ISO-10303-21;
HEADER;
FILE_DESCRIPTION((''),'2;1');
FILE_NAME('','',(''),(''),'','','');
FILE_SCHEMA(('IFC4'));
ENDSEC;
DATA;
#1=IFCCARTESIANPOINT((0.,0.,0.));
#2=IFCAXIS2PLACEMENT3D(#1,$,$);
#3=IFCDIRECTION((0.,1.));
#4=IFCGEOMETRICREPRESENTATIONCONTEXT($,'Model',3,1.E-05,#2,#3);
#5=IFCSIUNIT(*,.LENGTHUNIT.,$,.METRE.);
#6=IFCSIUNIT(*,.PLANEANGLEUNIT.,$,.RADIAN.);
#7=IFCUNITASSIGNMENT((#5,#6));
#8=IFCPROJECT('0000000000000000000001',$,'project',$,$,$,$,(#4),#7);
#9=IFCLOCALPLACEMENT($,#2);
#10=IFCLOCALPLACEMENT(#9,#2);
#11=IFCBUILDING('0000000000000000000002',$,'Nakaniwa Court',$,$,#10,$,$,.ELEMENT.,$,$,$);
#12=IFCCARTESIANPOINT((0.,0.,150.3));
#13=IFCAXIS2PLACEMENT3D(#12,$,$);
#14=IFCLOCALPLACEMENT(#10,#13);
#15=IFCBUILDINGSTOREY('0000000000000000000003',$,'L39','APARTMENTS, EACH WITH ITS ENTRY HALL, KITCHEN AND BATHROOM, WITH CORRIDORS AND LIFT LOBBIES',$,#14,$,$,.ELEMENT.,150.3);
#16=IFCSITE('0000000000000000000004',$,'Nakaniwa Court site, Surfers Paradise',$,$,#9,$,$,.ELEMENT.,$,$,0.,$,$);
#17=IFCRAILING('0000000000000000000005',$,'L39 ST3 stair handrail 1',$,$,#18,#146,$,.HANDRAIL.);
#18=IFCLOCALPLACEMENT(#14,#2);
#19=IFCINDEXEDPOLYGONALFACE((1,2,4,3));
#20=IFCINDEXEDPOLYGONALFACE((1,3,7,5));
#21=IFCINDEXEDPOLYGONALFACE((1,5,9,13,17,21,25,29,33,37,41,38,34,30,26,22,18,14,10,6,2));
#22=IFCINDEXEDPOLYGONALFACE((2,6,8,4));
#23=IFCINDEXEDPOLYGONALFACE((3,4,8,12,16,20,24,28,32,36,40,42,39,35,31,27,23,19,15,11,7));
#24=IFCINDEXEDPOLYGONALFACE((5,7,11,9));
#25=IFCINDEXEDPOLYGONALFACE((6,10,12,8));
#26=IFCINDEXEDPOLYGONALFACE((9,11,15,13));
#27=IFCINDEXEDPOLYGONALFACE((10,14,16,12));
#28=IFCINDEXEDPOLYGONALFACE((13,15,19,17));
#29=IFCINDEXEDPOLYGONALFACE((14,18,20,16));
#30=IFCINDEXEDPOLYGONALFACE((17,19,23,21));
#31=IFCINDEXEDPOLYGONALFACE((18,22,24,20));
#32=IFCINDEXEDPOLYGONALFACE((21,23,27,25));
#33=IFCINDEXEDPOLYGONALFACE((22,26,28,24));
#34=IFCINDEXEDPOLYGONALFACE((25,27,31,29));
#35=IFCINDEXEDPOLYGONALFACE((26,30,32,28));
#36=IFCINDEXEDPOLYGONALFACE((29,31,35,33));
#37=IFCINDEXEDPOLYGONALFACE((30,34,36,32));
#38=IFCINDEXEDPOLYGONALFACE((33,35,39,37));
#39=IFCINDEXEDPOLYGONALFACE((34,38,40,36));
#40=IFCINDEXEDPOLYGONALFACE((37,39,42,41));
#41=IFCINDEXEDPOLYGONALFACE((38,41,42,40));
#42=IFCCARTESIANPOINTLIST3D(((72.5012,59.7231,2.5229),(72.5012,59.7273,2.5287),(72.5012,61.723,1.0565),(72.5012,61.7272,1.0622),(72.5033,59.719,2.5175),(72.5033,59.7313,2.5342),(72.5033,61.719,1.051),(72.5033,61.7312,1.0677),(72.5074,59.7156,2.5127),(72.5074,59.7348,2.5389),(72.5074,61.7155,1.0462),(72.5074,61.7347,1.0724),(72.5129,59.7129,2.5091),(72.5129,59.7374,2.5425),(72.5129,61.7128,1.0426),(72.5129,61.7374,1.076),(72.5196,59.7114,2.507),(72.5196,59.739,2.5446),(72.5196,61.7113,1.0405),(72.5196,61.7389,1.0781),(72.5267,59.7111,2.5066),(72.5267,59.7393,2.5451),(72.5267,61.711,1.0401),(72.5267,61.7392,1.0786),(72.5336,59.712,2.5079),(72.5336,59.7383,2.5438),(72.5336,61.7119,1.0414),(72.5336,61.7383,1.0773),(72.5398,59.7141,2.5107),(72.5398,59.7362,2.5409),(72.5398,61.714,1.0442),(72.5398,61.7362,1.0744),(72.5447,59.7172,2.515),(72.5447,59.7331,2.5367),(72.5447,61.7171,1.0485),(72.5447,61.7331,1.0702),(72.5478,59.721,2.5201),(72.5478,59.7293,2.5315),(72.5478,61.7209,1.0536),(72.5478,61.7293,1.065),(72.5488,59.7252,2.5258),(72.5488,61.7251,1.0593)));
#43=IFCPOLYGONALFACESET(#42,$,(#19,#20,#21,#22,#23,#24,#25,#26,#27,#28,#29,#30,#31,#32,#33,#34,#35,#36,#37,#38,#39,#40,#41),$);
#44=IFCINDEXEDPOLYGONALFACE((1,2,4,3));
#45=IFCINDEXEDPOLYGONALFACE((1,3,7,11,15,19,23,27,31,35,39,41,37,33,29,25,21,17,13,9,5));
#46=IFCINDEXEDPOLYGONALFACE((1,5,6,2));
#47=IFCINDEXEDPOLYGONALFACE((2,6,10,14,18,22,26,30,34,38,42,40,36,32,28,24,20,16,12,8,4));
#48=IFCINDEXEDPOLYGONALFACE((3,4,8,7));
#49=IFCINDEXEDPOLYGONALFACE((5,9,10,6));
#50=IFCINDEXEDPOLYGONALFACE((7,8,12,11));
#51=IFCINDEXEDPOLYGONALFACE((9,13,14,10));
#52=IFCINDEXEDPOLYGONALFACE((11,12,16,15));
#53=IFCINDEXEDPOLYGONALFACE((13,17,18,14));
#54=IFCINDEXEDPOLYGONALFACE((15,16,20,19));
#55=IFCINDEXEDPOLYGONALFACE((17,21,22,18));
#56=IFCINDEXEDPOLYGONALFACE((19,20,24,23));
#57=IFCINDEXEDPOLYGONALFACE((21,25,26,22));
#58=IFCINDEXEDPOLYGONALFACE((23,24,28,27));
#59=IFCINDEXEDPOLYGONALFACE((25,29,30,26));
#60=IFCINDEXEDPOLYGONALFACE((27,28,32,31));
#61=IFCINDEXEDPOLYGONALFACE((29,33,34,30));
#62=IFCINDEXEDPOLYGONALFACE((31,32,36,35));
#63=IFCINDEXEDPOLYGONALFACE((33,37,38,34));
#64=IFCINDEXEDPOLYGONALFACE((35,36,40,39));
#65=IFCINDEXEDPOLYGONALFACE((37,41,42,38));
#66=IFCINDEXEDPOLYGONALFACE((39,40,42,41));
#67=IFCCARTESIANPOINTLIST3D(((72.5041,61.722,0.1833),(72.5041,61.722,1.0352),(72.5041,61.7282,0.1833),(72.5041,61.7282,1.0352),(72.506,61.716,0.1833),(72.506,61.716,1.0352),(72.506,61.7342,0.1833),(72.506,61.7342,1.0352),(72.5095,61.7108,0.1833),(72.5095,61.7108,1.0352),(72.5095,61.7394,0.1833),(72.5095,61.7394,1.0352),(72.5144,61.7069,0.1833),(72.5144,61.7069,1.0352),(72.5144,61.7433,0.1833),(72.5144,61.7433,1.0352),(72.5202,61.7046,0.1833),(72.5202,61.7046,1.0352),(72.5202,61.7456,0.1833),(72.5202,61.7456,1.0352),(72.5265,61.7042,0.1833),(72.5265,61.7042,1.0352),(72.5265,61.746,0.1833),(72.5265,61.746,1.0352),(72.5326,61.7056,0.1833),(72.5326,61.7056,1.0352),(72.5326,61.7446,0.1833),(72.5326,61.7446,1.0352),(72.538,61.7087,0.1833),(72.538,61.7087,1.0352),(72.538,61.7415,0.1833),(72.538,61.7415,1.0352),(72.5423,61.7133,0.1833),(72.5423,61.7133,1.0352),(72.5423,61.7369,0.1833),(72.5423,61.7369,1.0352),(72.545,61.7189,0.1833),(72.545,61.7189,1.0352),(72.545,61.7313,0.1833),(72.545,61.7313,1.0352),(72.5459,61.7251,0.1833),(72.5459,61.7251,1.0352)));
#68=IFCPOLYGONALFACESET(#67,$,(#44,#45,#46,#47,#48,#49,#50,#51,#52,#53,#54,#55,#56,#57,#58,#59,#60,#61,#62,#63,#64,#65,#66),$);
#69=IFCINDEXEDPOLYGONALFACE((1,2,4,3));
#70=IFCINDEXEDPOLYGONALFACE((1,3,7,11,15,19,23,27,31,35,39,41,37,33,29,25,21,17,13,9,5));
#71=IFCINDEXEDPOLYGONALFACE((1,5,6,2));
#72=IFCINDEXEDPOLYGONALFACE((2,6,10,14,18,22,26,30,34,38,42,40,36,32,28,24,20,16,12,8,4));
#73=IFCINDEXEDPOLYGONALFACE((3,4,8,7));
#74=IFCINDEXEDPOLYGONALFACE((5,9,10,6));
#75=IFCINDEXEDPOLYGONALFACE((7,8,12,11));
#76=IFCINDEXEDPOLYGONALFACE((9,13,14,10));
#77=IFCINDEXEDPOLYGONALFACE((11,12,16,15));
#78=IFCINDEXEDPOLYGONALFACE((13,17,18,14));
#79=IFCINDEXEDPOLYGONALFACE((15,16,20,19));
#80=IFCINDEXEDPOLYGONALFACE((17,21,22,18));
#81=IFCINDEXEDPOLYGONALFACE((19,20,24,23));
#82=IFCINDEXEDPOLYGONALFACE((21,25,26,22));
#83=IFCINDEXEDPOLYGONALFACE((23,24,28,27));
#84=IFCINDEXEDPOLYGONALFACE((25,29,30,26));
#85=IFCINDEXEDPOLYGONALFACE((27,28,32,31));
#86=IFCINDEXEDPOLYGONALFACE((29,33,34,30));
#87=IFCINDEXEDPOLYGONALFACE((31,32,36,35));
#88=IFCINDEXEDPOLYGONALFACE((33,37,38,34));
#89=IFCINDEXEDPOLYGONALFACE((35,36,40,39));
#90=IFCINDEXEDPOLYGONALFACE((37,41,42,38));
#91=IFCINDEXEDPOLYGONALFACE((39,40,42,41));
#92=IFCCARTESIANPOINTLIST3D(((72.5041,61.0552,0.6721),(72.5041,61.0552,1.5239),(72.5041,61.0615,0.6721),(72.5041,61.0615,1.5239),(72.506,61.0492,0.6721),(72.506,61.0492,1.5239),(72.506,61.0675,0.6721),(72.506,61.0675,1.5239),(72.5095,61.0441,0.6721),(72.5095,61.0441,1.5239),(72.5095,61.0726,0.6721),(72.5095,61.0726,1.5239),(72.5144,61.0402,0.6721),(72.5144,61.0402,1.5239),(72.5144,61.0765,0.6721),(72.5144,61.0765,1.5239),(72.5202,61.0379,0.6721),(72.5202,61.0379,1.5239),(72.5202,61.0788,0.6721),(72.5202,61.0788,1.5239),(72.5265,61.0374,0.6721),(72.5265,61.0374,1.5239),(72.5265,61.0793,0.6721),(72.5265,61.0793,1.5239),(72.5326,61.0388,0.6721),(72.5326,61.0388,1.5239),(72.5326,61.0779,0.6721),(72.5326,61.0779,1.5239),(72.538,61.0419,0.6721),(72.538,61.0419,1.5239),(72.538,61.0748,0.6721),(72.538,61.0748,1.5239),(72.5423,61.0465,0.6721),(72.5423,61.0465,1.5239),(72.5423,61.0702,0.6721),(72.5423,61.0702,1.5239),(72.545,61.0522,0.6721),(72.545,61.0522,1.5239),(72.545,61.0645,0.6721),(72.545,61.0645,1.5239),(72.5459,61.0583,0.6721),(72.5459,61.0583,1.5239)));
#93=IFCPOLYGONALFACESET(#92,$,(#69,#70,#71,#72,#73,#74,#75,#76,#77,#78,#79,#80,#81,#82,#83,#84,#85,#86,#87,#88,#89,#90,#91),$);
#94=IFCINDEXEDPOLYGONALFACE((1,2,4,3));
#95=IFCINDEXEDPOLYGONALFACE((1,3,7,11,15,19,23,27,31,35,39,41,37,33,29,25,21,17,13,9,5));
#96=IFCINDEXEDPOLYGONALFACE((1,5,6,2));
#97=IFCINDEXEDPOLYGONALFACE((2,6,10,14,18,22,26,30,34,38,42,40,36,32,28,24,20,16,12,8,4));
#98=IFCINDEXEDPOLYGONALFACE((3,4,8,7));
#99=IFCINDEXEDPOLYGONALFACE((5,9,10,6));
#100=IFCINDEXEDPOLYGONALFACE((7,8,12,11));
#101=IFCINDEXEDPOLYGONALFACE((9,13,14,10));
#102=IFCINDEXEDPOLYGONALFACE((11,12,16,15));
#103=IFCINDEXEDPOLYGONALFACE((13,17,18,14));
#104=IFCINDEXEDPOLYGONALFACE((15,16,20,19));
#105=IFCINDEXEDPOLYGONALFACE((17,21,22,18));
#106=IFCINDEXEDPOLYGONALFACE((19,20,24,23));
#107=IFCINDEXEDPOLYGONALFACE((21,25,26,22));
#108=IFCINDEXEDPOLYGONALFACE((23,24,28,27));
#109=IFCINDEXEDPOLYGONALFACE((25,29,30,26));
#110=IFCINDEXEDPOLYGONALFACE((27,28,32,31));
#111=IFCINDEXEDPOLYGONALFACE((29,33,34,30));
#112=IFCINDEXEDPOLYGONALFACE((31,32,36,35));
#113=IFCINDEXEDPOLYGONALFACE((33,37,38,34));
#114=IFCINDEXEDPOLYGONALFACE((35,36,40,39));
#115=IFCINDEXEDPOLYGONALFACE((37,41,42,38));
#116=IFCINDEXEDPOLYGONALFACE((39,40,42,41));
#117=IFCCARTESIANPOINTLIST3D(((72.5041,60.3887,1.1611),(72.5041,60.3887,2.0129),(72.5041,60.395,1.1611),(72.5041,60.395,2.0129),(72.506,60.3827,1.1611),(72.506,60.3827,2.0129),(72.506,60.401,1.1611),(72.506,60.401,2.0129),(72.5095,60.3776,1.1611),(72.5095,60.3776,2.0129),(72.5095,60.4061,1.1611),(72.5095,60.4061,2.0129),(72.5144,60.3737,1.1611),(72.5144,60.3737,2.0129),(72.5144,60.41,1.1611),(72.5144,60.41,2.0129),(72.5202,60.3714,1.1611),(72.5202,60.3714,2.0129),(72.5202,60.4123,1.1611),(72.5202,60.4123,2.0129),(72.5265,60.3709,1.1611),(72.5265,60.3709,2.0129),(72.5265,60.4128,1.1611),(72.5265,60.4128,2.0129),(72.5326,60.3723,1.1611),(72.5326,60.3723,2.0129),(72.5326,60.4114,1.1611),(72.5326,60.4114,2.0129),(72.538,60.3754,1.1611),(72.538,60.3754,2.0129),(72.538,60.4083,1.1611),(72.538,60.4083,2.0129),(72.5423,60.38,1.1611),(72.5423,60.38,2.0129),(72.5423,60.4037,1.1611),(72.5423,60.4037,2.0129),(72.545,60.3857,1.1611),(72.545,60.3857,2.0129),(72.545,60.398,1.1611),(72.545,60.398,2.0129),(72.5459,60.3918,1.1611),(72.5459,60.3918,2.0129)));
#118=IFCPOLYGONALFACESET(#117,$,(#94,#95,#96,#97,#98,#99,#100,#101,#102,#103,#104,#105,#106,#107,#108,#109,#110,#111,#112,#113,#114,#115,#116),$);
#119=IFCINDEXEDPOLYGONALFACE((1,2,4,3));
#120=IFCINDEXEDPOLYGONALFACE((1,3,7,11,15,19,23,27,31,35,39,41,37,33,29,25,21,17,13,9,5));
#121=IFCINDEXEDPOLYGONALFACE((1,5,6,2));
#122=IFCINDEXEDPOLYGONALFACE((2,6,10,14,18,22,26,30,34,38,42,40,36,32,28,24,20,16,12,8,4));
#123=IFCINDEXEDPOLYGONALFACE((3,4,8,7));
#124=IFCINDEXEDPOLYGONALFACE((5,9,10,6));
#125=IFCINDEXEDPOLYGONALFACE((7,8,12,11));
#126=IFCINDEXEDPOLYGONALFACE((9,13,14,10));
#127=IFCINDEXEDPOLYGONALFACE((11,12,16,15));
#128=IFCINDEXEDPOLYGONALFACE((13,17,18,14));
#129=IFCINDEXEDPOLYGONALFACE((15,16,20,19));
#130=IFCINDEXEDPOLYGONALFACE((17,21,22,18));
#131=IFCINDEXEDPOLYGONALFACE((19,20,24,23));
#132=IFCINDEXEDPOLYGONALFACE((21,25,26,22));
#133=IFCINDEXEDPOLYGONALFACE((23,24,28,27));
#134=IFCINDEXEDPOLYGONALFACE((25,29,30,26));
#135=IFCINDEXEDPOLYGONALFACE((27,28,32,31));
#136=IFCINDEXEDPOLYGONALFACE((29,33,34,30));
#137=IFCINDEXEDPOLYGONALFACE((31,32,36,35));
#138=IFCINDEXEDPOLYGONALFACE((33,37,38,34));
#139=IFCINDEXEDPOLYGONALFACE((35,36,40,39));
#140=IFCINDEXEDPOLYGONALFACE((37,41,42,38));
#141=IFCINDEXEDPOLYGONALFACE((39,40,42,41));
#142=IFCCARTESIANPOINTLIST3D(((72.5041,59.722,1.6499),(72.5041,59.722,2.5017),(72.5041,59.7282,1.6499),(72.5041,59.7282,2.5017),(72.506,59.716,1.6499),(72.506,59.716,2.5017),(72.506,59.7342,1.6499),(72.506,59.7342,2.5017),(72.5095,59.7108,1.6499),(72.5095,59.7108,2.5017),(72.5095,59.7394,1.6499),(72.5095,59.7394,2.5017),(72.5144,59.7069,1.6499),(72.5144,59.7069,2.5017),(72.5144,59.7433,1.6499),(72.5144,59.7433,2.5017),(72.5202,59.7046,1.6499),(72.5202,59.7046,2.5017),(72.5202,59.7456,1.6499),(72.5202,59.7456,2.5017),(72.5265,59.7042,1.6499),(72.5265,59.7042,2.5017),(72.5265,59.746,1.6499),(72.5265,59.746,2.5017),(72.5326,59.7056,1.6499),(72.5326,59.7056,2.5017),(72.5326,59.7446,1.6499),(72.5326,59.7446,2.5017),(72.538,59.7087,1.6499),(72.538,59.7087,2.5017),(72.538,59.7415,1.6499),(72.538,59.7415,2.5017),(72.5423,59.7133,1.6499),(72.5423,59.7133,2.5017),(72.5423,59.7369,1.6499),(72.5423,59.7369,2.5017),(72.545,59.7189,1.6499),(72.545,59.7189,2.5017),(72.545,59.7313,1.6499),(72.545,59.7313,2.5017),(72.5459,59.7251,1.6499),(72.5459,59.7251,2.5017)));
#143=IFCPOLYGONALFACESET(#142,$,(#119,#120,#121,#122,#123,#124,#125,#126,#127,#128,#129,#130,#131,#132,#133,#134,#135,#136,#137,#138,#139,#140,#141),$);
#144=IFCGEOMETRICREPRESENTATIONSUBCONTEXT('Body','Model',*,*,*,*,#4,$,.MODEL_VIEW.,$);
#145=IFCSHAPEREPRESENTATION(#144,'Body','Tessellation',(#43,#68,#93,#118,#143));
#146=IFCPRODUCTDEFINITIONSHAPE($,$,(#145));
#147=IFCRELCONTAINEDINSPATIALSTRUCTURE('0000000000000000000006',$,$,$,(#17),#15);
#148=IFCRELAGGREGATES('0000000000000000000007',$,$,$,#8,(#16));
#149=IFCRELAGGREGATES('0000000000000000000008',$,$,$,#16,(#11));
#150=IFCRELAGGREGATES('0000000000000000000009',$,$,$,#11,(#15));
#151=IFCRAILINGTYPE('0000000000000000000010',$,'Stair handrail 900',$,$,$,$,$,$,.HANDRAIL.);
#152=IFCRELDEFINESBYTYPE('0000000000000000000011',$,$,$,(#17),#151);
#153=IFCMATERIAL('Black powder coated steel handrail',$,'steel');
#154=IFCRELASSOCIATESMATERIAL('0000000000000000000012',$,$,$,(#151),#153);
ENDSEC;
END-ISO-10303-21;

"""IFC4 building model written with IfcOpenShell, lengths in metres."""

from ifc_helpers import new_model, si_unit, direction, frame, origin, origin_2d, place, context, subcontext, project, spatial, circle, extrude, material, type_object, element, save


model = new_model("IFC4")

# Units and contexts
model_context = context("Model", 3, precision=1e-05, world=origin(), true_north=direction((0.0, 1.0)))
body_context = subcontext(model_context, "Body", "Model", "MODEL_VIEW")
ifc_project = project(units=[si_unit("LENGTHUNIT", "METRE"), si_unit("PLANEANGLEUNIT", "RADIAN")], contexts=[model_context])

# Site, building, storey
site_placement = place(None, origin())
site = spatial("IfcSite", under=ifc_project, at=site_placement, Name="Nakaniwa Court site, Surfers Paradise", CompositionType="ELEMENT", RefElevation=0.0)
building_placement = place(site_placement, origin())
building = spatial("IfcBuilding", under=site, at=building_placement, Name="Nakaniwa Court", CompositionType="ELEMENT")
storey_placement = place(building_placement, frame((0.0, 0.0, 150.3)))
storey = spatial("IfcBuildingStorey", under=building, at=storey_placement, Name="L39", Description="APARTMENTS, EACH WITH ITS ENTRY HALL, KITCHEN AND BATHROOM, WITH CORRIDORS AND LIFT LOBBIES", CompositionType="ELEMENT", Elevation=150.3)

# Railing
ifc_material_1 = material(Name="Black powder coated steel handrail", Category="steel")
railing_type_1 = type_object("IfcRailingType", Name="Stair handrail 900", PredefinedType="HANDRAIL", material=ifc_material_1)
railing_1_placement = place(storey_placement, frame((72.5249, 61.7251, 0.1833)))
element("IfcRailing", 1, at=railing_1_placement, inside=storey, type_object=railing_type_1, Name="L39 ST3 stair handrail 1", PredefinedType="HANDRAIL", context=body_context, shape_type="SweptSolid", body=[
    extrude(circle(Radius=0.0239, at=origin_2d()), frame((0.0, 0.0, 0.876), z_axis=(0.0, -0.806427, 0.591334), x_axis=(1.0, 0.0, 0.0)), (0.0, 0.0, 1.0), 2.48),
    extrude(circle(Radius=0.021, at=origin_2d()), origin(), (0.0, 0.0, 1.0), 0.8518),
    extrude(circle(Radius=0.021, at=origin_2d()), frame((0.0, -0.6667, 0.4888)), (0.0, 0.0, 1.0), 0.8518),
    extrude(circle(Radius=0.021, at=origin_2d()), frame((0.0, -1.3333, 0.9778)), (0.0, 0.0, 1.0), 0.8518),
    extrude(circle(Radius=0.021, at=origin_2d()), frame((0.0, -2.0, 1.4666)), (0.0, 0.0, 1.0), 0.8518),
])

save(model, "model.ifc")
